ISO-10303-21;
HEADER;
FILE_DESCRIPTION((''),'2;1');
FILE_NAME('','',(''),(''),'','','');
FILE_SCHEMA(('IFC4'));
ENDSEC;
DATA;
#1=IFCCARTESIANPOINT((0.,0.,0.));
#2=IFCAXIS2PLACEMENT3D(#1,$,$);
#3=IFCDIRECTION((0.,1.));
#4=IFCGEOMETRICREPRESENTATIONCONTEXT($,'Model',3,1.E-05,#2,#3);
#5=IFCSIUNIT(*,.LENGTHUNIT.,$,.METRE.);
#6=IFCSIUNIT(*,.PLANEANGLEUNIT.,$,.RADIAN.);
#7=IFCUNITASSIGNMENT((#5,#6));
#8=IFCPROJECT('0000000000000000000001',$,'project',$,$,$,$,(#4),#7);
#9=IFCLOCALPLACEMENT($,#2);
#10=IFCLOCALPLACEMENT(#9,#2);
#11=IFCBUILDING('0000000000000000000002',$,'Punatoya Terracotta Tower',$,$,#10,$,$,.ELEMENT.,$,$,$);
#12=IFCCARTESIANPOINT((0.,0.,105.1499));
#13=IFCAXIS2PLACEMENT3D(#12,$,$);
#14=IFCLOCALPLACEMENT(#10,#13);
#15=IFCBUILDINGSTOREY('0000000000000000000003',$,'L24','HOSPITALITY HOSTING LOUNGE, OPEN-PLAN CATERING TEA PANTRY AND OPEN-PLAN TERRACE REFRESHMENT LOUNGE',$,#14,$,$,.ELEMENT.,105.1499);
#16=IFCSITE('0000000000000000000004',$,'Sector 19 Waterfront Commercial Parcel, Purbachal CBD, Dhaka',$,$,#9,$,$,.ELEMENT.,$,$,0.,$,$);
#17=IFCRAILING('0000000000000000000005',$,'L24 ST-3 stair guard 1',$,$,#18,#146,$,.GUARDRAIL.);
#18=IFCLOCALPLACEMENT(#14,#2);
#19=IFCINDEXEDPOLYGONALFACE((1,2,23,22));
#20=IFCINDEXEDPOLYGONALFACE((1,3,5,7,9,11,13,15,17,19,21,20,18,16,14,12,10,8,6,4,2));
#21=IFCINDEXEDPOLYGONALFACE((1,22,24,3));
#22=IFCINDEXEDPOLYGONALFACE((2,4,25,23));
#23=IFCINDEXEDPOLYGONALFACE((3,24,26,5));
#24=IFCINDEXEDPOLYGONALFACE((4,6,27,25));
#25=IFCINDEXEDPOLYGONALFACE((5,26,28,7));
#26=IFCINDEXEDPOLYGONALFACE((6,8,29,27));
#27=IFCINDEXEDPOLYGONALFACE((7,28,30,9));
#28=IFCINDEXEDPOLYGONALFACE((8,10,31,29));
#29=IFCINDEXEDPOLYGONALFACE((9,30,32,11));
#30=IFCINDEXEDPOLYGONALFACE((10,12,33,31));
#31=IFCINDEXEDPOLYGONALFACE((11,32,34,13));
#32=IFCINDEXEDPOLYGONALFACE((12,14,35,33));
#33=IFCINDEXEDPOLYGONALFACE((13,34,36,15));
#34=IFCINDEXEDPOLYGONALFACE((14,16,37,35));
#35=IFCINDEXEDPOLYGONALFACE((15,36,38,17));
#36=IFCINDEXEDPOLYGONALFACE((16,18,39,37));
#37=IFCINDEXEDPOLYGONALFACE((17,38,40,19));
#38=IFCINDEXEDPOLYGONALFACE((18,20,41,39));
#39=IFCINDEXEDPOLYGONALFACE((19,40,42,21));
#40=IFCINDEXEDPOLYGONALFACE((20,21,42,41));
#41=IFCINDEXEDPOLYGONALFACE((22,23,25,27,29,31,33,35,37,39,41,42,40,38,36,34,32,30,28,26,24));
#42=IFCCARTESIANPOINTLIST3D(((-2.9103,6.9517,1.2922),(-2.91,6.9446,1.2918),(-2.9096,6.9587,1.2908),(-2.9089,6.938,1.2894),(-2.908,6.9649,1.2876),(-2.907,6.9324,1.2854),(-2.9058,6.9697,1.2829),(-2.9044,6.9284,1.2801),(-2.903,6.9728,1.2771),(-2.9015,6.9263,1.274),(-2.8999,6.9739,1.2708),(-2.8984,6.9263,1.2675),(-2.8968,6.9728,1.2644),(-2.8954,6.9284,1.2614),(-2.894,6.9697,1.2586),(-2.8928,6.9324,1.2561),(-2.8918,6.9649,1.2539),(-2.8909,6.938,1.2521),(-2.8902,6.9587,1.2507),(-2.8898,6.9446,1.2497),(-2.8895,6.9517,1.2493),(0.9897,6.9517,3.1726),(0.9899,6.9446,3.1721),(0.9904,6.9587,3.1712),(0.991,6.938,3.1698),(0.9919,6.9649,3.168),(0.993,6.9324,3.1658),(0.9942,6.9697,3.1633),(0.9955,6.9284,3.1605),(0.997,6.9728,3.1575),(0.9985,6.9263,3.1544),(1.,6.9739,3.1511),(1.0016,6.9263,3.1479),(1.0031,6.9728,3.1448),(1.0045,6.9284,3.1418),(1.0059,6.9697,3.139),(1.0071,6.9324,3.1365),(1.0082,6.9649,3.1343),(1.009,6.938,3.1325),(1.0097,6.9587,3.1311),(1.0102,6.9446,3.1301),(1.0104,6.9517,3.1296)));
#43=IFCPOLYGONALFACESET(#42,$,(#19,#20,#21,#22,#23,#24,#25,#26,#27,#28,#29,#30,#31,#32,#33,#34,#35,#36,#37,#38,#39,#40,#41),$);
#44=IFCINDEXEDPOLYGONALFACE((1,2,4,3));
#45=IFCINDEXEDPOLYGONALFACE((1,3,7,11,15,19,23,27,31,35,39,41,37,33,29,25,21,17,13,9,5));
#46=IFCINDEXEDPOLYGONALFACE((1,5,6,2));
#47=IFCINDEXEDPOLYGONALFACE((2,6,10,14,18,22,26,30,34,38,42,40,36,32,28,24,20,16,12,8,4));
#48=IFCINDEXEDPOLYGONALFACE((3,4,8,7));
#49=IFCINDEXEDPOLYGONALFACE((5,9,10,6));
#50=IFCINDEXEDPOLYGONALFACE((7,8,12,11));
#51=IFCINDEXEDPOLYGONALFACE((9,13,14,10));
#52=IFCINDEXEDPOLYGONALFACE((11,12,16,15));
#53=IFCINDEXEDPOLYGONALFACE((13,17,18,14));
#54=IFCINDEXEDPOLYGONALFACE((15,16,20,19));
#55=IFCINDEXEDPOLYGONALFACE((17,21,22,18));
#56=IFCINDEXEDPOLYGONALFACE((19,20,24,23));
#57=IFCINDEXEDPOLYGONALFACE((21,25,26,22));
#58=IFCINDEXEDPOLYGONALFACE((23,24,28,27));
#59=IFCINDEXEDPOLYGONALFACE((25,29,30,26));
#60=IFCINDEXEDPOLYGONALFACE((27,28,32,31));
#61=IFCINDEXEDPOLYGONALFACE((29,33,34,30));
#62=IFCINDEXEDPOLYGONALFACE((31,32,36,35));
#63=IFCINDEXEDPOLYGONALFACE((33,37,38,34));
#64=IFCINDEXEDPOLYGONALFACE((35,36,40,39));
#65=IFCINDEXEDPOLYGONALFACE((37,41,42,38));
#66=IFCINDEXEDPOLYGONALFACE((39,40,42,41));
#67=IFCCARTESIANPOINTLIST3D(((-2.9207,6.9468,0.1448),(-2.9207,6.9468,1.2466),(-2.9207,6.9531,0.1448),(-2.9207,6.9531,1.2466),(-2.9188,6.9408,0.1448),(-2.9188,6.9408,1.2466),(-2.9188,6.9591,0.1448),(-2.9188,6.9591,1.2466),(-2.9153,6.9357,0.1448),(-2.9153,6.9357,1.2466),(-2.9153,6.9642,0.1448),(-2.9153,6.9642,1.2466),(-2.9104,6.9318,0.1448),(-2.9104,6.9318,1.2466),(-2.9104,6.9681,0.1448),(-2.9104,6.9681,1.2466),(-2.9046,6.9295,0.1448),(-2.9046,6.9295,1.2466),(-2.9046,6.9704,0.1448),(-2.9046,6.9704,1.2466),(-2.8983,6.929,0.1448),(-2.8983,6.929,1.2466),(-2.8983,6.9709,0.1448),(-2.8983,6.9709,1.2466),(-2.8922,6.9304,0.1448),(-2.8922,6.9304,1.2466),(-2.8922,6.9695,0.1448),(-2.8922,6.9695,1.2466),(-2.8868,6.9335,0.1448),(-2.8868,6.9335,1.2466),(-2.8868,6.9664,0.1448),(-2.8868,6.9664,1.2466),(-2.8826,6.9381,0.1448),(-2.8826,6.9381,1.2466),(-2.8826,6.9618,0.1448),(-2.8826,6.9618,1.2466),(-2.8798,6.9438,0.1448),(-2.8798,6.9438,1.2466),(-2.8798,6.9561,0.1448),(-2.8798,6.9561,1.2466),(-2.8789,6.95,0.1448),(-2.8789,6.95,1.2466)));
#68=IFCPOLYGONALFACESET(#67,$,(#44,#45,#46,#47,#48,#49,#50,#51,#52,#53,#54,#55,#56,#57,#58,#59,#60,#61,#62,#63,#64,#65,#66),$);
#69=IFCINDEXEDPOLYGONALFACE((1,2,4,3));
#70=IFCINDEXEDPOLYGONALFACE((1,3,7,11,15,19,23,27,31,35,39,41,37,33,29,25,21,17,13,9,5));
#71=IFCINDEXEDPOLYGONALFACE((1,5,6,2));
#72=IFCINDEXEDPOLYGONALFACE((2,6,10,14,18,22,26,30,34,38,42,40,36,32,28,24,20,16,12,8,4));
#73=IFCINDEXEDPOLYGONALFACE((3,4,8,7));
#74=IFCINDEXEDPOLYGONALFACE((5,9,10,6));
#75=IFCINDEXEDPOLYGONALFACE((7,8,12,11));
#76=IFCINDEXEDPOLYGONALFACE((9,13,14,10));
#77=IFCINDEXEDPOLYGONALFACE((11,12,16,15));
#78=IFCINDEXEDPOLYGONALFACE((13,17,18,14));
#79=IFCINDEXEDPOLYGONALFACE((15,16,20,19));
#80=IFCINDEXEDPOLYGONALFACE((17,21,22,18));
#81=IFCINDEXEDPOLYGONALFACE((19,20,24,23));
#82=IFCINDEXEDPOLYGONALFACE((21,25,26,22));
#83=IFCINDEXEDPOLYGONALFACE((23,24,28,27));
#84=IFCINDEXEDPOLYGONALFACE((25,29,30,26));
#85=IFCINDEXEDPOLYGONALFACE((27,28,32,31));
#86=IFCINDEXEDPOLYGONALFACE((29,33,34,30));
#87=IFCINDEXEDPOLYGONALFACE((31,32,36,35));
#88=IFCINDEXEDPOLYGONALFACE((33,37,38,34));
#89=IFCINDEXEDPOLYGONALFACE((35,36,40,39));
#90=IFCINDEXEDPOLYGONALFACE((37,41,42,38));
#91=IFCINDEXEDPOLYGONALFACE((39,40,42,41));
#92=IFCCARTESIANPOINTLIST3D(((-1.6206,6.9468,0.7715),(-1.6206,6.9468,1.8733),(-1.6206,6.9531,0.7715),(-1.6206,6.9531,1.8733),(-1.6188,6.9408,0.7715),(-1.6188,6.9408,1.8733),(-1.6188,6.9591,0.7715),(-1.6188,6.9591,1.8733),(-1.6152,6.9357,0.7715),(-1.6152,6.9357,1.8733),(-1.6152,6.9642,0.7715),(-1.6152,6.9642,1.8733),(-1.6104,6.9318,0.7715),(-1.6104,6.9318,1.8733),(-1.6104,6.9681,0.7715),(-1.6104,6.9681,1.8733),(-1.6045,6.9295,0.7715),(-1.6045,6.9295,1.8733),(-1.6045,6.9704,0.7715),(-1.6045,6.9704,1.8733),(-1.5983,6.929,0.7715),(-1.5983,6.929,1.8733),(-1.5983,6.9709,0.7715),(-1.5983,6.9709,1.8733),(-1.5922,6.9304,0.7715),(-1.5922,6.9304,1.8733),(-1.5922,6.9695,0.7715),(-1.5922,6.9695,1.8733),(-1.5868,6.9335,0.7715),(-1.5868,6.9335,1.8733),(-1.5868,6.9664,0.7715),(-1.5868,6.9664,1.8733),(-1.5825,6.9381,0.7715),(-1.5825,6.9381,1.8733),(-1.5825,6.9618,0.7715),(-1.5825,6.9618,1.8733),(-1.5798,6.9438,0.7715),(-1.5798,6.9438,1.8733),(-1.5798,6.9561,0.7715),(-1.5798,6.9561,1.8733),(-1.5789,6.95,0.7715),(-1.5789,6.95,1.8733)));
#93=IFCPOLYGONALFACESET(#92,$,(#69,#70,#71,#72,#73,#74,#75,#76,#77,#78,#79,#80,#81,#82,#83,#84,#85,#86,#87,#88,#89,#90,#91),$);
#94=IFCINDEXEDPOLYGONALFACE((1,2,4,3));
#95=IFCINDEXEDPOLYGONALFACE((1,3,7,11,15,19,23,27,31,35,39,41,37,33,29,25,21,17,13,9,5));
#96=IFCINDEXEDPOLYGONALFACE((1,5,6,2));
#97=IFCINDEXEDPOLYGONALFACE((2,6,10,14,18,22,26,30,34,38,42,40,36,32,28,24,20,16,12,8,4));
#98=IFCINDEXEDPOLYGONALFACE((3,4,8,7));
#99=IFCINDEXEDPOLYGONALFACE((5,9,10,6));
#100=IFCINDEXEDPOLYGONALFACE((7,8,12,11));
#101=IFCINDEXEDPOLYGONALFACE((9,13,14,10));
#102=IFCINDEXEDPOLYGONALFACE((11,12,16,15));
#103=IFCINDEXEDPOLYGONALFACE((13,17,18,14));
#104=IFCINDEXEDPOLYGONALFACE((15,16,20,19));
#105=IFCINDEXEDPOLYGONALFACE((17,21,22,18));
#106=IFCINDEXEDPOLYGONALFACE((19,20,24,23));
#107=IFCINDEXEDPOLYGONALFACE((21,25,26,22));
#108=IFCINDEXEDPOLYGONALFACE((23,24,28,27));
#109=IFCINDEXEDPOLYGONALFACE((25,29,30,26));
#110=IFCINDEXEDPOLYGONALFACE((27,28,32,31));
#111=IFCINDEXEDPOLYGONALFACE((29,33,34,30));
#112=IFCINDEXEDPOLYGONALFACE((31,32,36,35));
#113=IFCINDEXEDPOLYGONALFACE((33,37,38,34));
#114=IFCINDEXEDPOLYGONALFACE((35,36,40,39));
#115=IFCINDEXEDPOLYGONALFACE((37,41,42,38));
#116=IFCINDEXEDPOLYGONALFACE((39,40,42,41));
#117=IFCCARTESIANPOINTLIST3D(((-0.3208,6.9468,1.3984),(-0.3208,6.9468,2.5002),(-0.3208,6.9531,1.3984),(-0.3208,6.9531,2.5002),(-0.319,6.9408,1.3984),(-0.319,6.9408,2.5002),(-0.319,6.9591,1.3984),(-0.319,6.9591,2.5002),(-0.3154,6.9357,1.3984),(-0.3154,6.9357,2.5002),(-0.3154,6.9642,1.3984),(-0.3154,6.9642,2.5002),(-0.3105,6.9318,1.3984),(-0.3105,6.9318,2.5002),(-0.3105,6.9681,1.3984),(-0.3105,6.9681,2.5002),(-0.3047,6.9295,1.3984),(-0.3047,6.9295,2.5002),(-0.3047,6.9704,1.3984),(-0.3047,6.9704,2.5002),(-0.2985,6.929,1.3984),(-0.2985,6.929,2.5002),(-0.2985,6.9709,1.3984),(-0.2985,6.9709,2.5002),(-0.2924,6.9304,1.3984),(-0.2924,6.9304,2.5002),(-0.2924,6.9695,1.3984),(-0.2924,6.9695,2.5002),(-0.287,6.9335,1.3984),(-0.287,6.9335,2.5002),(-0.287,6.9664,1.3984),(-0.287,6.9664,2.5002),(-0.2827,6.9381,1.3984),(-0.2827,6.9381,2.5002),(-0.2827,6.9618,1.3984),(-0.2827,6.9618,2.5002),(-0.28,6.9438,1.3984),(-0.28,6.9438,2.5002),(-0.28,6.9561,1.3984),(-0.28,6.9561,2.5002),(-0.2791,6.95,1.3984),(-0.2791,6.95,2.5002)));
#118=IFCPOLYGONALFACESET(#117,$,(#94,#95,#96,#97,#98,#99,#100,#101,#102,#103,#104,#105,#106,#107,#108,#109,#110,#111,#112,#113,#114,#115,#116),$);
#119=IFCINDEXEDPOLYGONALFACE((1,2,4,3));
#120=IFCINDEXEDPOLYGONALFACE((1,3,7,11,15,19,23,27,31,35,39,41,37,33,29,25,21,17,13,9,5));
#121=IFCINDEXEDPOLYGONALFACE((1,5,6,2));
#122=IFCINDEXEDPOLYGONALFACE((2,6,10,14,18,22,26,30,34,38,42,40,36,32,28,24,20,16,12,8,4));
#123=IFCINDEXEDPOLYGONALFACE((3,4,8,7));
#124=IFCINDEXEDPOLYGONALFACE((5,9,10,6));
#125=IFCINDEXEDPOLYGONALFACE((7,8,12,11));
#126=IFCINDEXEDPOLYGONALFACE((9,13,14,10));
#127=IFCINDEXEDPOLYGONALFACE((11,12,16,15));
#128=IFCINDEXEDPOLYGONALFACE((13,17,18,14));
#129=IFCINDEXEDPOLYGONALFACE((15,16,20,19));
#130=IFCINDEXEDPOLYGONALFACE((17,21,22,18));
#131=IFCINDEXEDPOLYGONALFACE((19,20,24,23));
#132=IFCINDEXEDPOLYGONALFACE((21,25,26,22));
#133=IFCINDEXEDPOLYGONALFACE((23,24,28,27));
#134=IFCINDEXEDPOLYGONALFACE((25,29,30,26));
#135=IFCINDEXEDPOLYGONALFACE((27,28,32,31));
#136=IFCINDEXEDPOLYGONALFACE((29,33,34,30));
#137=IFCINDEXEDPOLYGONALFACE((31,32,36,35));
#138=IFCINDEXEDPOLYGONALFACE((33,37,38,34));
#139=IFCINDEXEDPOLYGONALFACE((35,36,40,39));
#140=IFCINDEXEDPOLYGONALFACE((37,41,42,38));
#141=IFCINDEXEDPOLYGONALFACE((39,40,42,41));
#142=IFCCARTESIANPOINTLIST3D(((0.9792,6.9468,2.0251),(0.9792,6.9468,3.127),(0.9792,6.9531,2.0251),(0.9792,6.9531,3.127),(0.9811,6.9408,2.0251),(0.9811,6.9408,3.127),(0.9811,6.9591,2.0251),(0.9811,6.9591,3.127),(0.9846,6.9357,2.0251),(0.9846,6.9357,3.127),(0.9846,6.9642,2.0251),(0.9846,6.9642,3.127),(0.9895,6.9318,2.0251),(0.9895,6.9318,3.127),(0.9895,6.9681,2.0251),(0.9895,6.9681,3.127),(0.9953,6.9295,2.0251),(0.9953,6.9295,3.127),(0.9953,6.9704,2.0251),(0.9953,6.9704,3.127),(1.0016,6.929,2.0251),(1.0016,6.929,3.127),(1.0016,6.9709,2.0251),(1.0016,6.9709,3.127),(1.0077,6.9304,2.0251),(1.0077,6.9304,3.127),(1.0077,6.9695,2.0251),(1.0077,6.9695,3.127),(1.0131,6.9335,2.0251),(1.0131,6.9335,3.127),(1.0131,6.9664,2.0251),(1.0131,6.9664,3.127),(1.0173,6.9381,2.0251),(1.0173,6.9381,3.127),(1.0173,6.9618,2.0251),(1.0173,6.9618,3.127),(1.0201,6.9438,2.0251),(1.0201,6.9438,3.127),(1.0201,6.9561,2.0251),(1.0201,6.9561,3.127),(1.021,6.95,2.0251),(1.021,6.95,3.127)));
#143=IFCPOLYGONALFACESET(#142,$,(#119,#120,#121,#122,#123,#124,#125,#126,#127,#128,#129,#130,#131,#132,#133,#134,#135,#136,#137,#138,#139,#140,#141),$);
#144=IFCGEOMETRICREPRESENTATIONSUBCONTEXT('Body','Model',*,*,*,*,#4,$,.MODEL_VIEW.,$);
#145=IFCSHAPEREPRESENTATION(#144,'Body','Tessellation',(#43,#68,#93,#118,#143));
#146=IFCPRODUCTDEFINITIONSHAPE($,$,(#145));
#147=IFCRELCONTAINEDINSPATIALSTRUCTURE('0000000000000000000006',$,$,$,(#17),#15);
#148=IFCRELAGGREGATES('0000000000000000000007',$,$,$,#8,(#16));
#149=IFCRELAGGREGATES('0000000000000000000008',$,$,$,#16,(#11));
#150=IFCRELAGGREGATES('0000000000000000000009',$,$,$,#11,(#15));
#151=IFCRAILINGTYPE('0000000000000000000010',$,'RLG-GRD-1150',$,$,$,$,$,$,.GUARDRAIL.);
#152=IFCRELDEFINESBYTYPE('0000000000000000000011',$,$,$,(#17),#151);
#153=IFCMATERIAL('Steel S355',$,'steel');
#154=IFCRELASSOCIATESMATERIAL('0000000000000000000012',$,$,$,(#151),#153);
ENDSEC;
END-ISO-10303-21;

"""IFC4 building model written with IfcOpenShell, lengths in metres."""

from ifc_helpers import new_model, si_unit, direction, frame, origin, origin_2d, place, context, subcontext, project, spatial, circle, extrude, material, type_object, element, save


model = new_model("IFC4")

# Units and contexts
model_context = context("Model", 3, precision=1e-05, world=origin(), true_north=direction((0.0, 1.0)))
body_context = subcontext(model_context, "Body", "Model", "MODEL_VIEW")
ifc_project = project(units=[si_unit("LENGTHUNIT", "METRE"), si_unit("PLANEANGLEUNIT", "RADIAN")], contexts=[model_context])

# Site, building, storey
site_placement = place(None, origin())
site = spatial("IfcSite", under=ifc_project, at=site_placement, Name="Sector 19 Waterfront Commercial Parcel, Purbachal CBD, Dhaka", CompositionType="ELEMENT", RefElevation=0.0)
building_placement = place(site_placement, origin())
building = spatial("IfcBuilding", under=site, at=building_placement, Name="Punatoya Terracotta Tower", CompositionType="ELEMENT")
storey_placement = place(building_placement, frame((0.0, 0.0, 105.1499)))
storey = spatial("IfcBuildingStorey", under=building, at=storey_placement, Name="L24", Description="HOSPITALITY HOSTING LOUNGE, OPEN-PLAN CATERING TEA PANTRY AND OPEN-PLAN TERRACE REFRESHMENT LOUNGE", CompositionType="ELEMENT", Elevation=105.1499)

# Shared definitions
ifc_material_1 = material(Name="Steel S355", Category="steel")

# Railing
railing_type_1 = type_object("IfcRailingType", Name="RLG-GRD-1150", PredefinedType="GUARDRAIL", material=ifc_material_1)
railing_1_placement = place(storey_placement, frame((-2.8999, 6.95, 0.1448)))
element("IfcRailing", 1, at=railing_1_placement, inside=storey, type_object=railing_type_1, Name="L24 ST-3 stair guard 1", PredefinedType="GUARDRAIL", context=body_context, shape_type="SweptSolid", body=[
    extrude(circle(Radius=0.0239, at=origin_2d()), frame((0.0, 0.0, 1.126), z_axis=(0.900763, 0.0, 0.434311), x_axis=(0.0, 1.0, 0.0)), (0.0, 0.0, 1.0), 4.3296),
    extrude(circle(Radius=0.021, at=origin_2d()), origin(), (0.0, 0.0, 1.0), 1.1018),
    extrude(circle(Radius=0.021, at=origin_2d()), frame((1.3, 0.0, 0.6267)), (0.0, 0.0, 1.0), 1.1018),
    extrude(circle(Radius=0.021, at=origin_2d()), frame((2.5999, 0.0, 1.2537)), (0.0, 0.0, 1.0), 1.1018),
    extrude(circle(Radius=0.021, at=origin_2d()), frame((3.8999, 0.0, 1.8804)), (0.0, 0.0, 1.0), 1.1018),
])

save(model, "model.ifc")
